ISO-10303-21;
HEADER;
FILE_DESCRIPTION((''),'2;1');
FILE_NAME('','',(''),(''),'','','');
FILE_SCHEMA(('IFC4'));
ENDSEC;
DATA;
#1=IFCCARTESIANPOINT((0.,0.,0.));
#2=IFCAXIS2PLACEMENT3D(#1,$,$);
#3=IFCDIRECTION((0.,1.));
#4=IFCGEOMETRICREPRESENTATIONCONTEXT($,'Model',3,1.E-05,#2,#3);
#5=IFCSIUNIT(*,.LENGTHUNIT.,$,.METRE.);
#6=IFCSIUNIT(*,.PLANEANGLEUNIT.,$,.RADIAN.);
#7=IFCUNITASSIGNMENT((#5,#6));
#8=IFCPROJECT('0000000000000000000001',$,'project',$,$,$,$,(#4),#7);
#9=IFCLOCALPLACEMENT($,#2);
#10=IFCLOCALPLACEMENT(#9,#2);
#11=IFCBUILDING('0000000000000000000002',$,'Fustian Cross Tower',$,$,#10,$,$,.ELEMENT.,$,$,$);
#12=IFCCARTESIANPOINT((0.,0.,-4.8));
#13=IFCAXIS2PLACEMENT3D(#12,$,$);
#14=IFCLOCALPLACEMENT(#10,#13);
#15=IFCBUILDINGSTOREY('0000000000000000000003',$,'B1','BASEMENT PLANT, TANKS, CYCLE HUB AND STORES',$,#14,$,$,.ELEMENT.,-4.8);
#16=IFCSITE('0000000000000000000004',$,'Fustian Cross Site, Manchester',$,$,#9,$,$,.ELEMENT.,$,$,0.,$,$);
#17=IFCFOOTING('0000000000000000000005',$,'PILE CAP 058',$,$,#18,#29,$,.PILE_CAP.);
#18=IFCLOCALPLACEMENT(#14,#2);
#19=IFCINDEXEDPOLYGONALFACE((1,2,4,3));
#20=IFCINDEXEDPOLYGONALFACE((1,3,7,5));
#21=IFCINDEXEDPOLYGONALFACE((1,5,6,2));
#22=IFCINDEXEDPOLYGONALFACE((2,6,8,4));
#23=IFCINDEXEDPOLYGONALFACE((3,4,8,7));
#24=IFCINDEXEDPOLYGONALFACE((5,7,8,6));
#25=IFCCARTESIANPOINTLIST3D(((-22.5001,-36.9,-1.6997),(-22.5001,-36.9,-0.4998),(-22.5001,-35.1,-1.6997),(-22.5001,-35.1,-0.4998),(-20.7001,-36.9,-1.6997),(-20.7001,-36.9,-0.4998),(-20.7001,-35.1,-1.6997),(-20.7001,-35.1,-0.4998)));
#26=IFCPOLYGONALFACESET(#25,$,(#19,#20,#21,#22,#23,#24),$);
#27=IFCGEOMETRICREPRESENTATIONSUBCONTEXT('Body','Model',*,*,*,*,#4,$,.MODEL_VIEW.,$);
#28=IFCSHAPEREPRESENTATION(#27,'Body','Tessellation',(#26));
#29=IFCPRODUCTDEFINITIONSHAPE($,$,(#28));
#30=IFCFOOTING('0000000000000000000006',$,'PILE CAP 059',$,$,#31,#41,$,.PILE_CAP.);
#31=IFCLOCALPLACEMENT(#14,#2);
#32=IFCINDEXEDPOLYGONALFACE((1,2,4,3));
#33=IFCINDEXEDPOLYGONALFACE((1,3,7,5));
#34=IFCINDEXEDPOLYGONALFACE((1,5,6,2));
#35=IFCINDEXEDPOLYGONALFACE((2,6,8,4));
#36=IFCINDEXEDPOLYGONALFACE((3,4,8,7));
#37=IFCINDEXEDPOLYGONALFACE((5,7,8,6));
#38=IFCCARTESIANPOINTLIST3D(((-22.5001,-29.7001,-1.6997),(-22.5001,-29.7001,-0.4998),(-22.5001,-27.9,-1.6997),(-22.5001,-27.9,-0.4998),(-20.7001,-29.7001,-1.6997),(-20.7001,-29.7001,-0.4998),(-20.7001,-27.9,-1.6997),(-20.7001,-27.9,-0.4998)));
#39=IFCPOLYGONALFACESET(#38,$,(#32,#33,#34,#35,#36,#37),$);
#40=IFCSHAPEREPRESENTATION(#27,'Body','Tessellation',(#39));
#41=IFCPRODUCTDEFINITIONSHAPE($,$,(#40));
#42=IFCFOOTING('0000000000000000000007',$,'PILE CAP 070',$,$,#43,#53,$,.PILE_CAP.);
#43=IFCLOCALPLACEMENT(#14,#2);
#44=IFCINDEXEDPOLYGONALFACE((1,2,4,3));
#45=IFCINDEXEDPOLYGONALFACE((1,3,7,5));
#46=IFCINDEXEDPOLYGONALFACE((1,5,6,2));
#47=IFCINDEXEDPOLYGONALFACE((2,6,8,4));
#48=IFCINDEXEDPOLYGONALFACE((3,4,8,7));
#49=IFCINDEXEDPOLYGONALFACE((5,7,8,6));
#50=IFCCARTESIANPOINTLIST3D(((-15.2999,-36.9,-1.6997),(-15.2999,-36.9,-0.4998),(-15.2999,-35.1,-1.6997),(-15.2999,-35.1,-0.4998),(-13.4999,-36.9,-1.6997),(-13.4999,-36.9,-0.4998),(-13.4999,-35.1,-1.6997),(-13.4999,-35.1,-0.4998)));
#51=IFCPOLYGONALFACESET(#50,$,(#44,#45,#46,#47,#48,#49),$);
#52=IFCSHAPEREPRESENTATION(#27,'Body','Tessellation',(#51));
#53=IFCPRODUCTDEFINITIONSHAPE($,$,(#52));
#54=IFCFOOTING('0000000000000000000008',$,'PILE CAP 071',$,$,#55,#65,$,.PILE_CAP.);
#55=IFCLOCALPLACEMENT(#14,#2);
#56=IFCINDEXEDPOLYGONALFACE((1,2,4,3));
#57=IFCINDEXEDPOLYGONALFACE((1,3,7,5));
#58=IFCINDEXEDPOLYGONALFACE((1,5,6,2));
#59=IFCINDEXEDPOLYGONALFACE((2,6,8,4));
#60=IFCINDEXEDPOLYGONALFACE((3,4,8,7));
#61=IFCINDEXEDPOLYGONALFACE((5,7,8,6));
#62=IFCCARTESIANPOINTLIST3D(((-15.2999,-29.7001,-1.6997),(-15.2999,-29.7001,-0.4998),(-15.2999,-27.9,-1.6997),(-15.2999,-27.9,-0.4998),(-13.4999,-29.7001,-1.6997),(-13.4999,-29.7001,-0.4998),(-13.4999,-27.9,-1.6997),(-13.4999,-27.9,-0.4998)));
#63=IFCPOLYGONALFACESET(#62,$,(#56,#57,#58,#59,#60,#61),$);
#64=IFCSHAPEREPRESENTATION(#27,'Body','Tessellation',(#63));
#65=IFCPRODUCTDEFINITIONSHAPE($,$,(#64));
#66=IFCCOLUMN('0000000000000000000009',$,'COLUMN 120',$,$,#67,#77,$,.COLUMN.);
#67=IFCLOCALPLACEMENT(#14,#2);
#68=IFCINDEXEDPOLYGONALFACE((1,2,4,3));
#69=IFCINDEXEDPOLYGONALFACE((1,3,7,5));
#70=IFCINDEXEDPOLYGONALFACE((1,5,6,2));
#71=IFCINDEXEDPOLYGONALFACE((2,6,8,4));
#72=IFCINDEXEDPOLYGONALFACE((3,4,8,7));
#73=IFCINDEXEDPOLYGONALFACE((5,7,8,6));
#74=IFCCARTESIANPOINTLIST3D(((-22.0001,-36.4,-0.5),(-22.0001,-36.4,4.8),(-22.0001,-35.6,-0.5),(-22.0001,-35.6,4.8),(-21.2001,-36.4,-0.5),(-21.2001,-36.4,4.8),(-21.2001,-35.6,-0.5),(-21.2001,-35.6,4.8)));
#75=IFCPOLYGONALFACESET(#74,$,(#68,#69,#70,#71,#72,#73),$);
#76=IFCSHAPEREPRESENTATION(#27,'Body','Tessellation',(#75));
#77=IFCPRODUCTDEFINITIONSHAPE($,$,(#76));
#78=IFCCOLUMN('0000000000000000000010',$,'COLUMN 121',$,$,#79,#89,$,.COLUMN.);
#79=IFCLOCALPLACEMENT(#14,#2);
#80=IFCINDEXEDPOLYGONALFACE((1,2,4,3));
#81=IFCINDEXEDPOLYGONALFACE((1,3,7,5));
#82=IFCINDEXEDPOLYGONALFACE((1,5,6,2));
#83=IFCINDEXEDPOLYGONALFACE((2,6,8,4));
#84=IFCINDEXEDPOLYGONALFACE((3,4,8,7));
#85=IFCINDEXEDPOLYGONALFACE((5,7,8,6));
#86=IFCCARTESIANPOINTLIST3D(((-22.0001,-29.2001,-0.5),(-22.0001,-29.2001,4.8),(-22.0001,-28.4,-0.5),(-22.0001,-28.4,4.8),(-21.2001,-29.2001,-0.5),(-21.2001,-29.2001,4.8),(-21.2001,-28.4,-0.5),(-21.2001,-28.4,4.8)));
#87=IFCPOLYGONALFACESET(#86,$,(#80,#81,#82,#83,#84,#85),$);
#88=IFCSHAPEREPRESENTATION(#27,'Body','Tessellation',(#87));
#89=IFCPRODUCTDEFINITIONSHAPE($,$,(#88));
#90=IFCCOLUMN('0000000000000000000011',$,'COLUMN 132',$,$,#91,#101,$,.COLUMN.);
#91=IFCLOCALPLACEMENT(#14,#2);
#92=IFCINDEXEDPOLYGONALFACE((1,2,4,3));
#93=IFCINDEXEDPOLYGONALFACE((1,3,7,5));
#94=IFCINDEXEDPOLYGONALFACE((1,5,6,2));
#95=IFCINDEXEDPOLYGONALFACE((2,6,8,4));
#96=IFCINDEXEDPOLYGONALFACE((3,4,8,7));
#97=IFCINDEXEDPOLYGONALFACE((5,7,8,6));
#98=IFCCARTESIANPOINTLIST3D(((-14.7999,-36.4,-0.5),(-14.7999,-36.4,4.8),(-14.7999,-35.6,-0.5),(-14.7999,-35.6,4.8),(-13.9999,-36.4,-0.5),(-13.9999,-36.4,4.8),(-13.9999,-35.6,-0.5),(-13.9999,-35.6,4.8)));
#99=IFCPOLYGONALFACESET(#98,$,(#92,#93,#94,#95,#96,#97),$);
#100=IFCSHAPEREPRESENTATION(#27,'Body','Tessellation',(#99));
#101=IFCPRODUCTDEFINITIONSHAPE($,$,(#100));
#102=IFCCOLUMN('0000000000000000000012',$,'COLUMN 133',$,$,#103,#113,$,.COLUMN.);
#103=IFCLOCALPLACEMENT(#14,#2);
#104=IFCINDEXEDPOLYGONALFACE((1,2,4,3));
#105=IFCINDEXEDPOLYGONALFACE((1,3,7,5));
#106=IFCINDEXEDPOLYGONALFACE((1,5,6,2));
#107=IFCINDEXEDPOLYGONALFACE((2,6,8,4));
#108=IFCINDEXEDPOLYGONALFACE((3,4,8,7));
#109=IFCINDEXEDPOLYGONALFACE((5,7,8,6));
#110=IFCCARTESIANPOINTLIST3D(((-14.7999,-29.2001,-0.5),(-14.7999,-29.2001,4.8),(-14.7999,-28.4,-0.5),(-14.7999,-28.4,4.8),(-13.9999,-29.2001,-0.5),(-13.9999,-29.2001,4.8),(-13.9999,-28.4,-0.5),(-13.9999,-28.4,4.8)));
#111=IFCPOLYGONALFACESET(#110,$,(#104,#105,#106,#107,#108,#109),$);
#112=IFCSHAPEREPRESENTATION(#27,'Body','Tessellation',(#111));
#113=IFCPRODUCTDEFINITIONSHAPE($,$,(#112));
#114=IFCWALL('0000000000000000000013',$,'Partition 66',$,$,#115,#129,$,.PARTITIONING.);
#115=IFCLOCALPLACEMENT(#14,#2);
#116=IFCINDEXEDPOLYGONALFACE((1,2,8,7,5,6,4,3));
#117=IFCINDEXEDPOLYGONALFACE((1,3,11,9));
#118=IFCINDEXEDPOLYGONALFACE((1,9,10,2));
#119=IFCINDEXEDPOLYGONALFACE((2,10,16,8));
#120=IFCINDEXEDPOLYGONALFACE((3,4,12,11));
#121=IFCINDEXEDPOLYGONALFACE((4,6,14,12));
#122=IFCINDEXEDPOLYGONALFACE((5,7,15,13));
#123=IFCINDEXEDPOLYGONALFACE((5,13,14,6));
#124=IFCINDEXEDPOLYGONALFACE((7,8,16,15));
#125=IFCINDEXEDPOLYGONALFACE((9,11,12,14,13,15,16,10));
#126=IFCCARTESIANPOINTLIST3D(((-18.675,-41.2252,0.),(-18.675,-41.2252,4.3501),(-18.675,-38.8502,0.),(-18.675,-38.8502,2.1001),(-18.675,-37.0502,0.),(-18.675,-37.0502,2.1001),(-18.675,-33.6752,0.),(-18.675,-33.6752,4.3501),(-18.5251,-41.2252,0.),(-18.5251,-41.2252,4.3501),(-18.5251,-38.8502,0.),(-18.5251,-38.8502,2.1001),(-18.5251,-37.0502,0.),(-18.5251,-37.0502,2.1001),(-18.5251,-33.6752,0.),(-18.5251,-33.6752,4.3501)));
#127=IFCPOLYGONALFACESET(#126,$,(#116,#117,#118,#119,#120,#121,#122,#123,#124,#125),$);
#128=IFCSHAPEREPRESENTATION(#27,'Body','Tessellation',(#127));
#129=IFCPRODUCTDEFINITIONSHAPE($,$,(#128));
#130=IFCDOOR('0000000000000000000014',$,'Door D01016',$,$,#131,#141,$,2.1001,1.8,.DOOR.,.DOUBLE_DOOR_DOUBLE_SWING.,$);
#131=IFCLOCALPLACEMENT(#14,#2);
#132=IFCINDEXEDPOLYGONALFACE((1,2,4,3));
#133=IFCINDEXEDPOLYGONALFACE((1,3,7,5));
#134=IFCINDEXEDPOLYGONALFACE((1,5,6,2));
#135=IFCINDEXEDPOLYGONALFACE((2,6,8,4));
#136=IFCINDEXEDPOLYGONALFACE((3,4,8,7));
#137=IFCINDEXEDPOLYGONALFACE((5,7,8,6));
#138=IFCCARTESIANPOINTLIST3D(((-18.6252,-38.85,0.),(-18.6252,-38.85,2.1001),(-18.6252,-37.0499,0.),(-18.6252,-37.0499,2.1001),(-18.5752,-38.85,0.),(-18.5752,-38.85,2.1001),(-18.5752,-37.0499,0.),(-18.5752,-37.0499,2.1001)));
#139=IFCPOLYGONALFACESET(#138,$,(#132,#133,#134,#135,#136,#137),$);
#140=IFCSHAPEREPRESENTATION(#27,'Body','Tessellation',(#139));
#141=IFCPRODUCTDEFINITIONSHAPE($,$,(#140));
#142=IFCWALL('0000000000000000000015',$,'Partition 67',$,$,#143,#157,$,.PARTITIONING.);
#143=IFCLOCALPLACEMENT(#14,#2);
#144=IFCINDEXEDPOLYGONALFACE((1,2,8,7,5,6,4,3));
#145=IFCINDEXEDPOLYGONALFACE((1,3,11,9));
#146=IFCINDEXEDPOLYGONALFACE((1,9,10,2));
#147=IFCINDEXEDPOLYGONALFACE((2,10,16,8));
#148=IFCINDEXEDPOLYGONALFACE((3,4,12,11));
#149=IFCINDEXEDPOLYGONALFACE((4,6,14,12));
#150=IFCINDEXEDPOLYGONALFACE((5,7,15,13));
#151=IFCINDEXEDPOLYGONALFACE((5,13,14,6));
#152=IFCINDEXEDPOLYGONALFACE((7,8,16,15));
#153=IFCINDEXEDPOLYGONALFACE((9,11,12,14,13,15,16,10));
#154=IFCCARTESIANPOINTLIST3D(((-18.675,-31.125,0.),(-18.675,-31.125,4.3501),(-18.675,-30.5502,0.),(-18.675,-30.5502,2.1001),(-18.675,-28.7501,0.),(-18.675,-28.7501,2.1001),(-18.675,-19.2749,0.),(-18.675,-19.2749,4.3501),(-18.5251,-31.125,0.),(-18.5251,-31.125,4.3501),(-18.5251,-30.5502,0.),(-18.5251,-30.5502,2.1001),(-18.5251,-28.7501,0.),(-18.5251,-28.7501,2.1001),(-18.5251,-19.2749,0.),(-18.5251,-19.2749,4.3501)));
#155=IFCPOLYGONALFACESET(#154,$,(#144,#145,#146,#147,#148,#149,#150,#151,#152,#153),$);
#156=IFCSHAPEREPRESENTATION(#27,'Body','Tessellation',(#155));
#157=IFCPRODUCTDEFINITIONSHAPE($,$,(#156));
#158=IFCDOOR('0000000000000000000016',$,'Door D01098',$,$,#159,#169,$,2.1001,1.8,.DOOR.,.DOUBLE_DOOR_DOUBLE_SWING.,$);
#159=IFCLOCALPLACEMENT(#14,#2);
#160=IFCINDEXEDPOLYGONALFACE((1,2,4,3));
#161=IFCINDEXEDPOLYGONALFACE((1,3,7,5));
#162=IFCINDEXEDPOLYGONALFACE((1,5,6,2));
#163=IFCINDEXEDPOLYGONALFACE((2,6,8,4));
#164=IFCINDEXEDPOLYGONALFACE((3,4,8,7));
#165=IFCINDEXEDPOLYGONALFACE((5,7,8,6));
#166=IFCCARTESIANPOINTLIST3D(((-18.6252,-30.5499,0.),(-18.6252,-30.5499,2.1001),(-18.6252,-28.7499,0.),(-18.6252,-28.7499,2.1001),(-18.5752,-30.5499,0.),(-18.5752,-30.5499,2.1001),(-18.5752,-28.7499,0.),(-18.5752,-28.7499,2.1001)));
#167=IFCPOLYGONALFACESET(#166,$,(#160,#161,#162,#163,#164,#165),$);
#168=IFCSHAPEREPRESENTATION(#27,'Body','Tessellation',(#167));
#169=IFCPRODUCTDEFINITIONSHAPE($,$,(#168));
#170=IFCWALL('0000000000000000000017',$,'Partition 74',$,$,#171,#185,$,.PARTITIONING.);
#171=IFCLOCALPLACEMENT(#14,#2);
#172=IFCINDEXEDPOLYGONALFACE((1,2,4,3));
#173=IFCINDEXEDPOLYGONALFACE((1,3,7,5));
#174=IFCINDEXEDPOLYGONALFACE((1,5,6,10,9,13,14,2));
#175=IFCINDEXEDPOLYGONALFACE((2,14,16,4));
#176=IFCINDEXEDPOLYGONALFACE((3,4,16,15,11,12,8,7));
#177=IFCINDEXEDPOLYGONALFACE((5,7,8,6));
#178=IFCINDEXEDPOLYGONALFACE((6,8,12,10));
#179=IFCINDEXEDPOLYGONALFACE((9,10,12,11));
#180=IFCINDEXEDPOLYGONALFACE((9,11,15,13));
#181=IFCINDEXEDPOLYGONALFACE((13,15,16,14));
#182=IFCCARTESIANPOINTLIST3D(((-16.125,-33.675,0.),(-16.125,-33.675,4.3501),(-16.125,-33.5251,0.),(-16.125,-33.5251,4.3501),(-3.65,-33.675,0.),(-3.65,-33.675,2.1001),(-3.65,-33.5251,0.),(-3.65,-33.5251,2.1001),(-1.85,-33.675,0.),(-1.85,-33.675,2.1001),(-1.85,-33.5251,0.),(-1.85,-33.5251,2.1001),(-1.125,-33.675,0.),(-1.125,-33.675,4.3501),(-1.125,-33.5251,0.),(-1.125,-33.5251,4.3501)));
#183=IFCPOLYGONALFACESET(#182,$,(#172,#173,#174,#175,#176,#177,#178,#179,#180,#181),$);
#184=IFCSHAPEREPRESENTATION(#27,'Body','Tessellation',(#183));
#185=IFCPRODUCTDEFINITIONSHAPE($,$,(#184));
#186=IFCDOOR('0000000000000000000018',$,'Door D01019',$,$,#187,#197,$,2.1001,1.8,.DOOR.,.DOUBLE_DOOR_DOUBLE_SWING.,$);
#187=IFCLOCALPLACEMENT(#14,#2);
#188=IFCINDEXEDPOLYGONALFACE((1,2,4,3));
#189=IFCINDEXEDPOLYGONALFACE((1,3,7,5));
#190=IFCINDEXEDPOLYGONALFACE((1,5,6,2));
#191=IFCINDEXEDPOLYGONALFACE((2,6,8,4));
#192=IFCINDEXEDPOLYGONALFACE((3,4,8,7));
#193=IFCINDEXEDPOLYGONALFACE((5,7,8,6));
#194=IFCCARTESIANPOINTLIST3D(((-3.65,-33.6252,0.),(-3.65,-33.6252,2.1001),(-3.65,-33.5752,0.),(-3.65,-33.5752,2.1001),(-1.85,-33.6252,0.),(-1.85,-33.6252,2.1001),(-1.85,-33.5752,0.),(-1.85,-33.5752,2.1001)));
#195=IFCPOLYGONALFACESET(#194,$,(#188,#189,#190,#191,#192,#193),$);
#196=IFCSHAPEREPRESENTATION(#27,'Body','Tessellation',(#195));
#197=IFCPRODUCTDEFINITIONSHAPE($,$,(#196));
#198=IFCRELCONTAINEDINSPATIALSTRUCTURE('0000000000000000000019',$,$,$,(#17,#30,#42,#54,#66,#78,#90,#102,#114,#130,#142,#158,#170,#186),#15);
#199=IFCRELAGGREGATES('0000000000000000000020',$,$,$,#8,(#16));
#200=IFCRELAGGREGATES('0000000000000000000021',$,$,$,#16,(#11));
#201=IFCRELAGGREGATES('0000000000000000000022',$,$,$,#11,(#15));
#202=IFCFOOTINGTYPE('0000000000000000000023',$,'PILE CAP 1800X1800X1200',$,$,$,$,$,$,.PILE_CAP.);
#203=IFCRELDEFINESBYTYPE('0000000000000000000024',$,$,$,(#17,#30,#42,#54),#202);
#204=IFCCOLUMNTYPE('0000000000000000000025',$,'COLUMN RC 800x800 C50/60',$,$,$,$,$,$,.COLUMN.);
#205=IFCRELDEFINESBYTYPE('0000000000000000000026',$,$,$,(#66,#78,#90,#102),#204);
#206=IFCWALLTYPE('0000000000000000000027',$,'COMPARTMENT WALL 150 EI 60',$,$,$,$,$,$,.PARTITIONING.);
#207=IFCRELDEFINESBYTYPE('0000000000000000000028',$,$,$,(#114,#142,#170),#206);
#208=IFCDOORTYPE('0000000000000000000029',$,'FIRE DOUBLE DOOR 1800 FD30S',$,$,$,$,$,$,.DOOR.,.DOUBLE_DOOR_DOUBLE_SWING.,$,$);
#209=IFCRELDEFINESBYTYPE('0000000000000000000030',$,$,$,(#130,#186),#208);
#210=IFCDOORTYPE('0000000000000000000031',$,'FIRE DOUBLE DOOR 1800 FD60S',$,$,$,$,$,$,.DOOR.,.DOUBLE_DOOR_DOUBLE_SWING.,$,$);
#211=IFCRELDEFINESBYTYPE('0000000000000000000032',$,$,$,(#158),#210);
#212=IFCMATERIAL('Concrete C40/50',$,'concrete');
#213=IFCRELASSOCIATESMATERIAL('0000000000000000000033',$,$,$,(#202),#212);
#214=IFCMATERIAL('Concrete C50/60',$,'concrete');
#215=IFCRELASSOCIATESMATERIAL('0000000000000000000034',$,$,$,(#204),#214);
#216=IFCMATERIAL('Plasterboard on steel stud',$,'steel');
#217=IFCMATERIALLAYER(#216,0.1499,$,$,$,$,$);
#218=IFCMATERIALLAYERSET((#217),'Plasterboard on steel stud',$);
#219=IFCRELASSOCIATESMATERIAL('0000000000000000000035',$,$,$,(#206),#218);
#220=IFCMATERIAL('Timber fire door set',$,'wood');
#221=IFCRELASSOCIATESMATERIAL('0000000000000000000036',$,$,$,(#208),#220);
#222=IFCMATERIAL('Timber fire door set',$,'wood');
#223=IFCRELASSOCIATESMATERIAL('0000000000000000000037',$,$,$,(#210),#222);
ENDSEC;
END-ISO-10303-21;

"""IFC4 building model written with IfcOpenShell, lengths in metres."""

from ifc_helpers import new_model, si_unit, direction, frame, frame_2d, origin, origin_2d, place, context, subcontext, project, spatial, rectangle, extrude, material, layer, layer_set, material_profile, profile_set, type_object, element, fill, save


model = new_model("IFC4")

# Units and contexts
model_context = context("Model", 3, precision=1e-05, world=origin(), true_north=direction((0.0, 1.0)))
body_context = subcontext(model_context, "Body", "Model", "MODEL_VIEW")
ifc_project = project(units=[si_unit("LENGTHUNIT", "METRE"), si_unit("PLANEANGLEUNIT", "RADIAN")], contexts=[model_context])

# Site, building, storey
site_placement = place(None, origin())
site = spatial("IfcSite", under=ifc_project, at=site_placement, Name="Fustian Cross Site, Manchester", CompositionType="ELEMENT", RefElevation=0.0)
building_placement = place(site_placement, origin())
building = spatial("IfcBuilding", under=site, at=building_placement, Name="Fustian Cross Tower", CompositionType="ELEMENT")
storey_placement = place(building_placement, frame((0.0, 0.0, -4.8)))
storey = spatial("IfcBuildingStorey", under=building, at=storey_placement, Name="B1", Description="BASEMENT PLANT, TANKS, CYCLE HUB AND STORES", CompositionType="ELEMENT", Elevation=-4.8)

# Footings
ifc_material_1 = material(Name="Concrete C40/50", Category="concrete")
footing_type = type_object("IfcFootingType", Name="PILE CAP 1800X1800X1200", PredefinedType="PILE_CAP", material=ifc_material_1)
for number, where, z_axis, x_axis, name in (
    (1, (-21.6001, -36.0, -1.6997), (0.0, 0.0, 1.0), (1.0, 0.0, 0.0), "PILE CAP 058"),
    (2, (-21.6001, -28.8, -1.6997), (0.0, 0.0, 1.0), (1.0, 0.0, 0.0), "PILE CAP 059"),
    (3, (-14.3999, -36.0, -1.6997), (0.0, 0.0, 1.0), (1.0, 0.0, 0.0), "PILE CAP 070"),
    (4, (-14.3999, -28.8, -1.6997), (0.0, 0.0, 1.0), (1.0, 0.0, 0.0), "PILE CAP 071"),
):
    element("IfcFooting", number, at=place(storey_placement, frame(where, z_axis=z_axis, x_axis=x_axis)), inside=storey, type_object=footing_type, Name=name, PredefinedType="PILE_CAP", context=body_context, shape_type="SweptSolid", body=[
        extrude(rectangle(XDim=1.8, YDim=1.8, at=origin_2d()), origin(), (0.0, 0.0, 1.0), 1.2),
    ])

# Columns
ifc_material_2 = material(Name="Concrete C50/60", Category="concrete")
ifc_material_profile_1 = material_profile(ifc_material_2, rectangle(XDim=0.8, YDim=0.8, at=origin_2d()), Name="RC 800x800")
ifc_profile_set_1 = profile_set([ifc_material_profile_1], Name="Concrete C50/60")
column_type = type_object("IfcColumnType", Name="COLUMN RC 800x800 C50/60", PredefinedType="COLUMN", material=ifc_profile_set_1)
for number, where, z_axis, x_axis, name in (
    (5, (-21.6001, -36.0, -0.5), (0.0, 0.0, 1.0), (1.0, 0.0, 0.0), "COLUMN 120"),
    (6, (-21.6001, -28.8, -0.5), (0.0, 0.0, 1.0), (1.0, 0.0, 0.0), "COLUMN 121"),
    (7, (-14.3999, -36.0, -0.5), (0.0, 0.0, 1.0), (1.0, 0.0, 0.0), "COLUMN 132"),
    (8, (-14.3999, -28.8, -0.5), (0.0, 0.0, 1.0), (1.0, 0.0, 0.0), "COLUMN 133"),
):
    element("IfcColumn", number, at=place(storey_placement, frame(where, z_axis=z_axis, x_axis=x_axis)), inside=storey, type_object=column_type, Name=name, PredefinedType="COLUMN", context=body_context, shape_type="SweptSolid", body=[
        extrude(rectangle(XDim=0.8, YDim=0.8, at=origin_2d()), origin(), (0.0, 0.0, 1.0), 5.3),
    ])

# Walls, openings, doors
ifc_material_3 = material(Name="Plasterboard on steel stud", Category="steel")
ifc_layer = layer(ifc_material_3, 0.1499)
ifc_layer_set = layer_set([ifc_layer], Name="Plasterboard on steel stud")
wall_type = type_object("IfcWallType", Name="COMPARTMENT WALL 150 EI 60", PredefinedType="PARTITIONING", material=ifc_layer_set)
wall_1_placement = place(storey_placement, frame((-18.6001, -41.2251, 0.0), z_axis=(0.0, 0.0, 1.0), x_axis=(0.0, 1.0, 0.0)))
wall_1 = element("IfcWall", 9, at=wall_1_placement, inside=storey, type_object=wall_type, Name="Partition 66", PredefinedType="PARTITIONING", context=body_context, shape_type="SweptSolid", body=[
    extrude(rectangle(XDim=7.55, YDim=0.1499, at=frame_2d((3.7749, 0.0))), origin(), (0.0, 0.0, 1.0), 4.3501),
])
opening_1_placement = place(wall_1_placement, frame((2.375, 0.0, 0.0)))
opening_1 = element("IfcOpeningElement", 10, at=opening_1_placement, cuts=wall_1, PredefinedType="OPENING", context=body_context, shape_type="SweptSolid", body=[
    extrude(rectangle(XDim=1.8, YDim=2.1001, at=frame_2d((0.8999, 1.05))), frame((0.0, 0.085, 0.0), z_axis=(0.0, -1.0, 0.0), x_axis=(1.0, 0.0, 0.0)), (0.0, 0.0, 1.0), 0.1699),
])
ifc_material_4 = material(Name="Timber fire door set", Category="wood")
door_type_1 = type_object("IfcDoorType", Name="FIRE DOUBLE DOOR 1800 FD30S", OperationType="DOUBLE_DOOR_DOUBLE_SWING", PredefinedType="DOOR", material=ifc_material_4)
door_1_placement = place(opening_1_placement, frame((1.8, 0.0, 0.0), z_axis=(0.0, 0.0, 1.0), x_axis=(-1.0, 0.0, 0.0)))
door_1 = element("IfcDoor", 11, at=door_1_placement, inside=storey, type_object=door_type_1, Name="Door D01016", OperationType="DOUBLE_DOOR_DOUBLE_SWING", OverallHeight=2.1001, OverallWidth=1.8, PredefinedType="DOOR", context=body_context, shape_type="SweptSolid", body=[
    extrude(rectangle(XDim=1.8, YDim=2.1001, at=frame_2d((0.8999, 1.05))), frame((0.0, 0.0249, 0.0), z_axis=(0.0, -1.0, 0.0), x_axis=(1.0, 0.0, 0.0)), (0.0, 0.0, 1.0), 0.05),
])
fill(opening_1, door_1)
wall_2_placement = place(storey_placement, frame((-18.6001, -31.125, 0.0), z_axis=(0.0, 0.0, 1.0), x_axis=(0.0, 1.0, 0.0)))
wall_2 = element("IfcWall", 12, at=wall_2_placement, inside=storey, type_object=wall_type, Name="Partition 67", PredefinedType="PARTITIONING", context=body_context, shape_type="SweptSolid", body=[
    extrude(rectangle(XDim=11.8501, YDim=0.1499, at=frame_2d((5.925, 0.0))), origin(), (0.0, 0.0, 1.0), 4.3501),
])
opening_2_placement = place(wall_2_placement, frame((0.575, 0.0, 0.0)))
opening_2 = element("IfcOpeningElement", 13, at=opening_2_placement, cuts=wall_2, PredefinedType="OPENING", context=body_context, shape_type="SweptSolid", body=[
    extrude(rectangle(XDim=1.8, YDim=2.1001, at=frame_2d((0.8999, 1.05))), frame((0.0, 0.085, 0.0), z_axis=(0.0, -1.0, 0.0), x_axis=(1.0, 0.0, 0.0)), (0.0, 0.0, 1.0), 0.1699),
])
ifc_material_5 = material(Name="Timber fire door set", Category="wood")
door_type_2 = type_object("IfcDoorType", Name="FIRE DOUBLE DOOR 1800 FD60S", OperationType="DOUBLE_DOOR_DOUBLE_SWING", PredefinedType="DOOR", material=ifc_material_5)
door_2_placement = place(opening_2_placement, frame((1.8, 0.0, 0.0), z_axis=(0.0, 0.0, 1.0), x_axis=(-1.0, 0.0, 0.0)))
door_2 = element("IfcDoor", 14, at=door_2_placement, inside=storey, type_object=door_type_2, Name="Door D01098", OperationType="DOUBLE_DOOR_DOUBLE_SWING", OverallHeight=2.1001, OverallWidth=1.8, PredefinedType="DOOR", context=body_context, shape_type="SweptSolid", body=[
    extrude(rectangle(XDim=1.8, YDim=2.1001, at=frame_2d((0.8999, 1.05))), frame((0.0, 0.0249, 0.0), z_axis=(0.0, -1.0, 0.0), x_axis=(1.0, 0.0, 0.0)), (0.0, 0.0, 1.0), 0.05),
])
fill(opening_2, door_2)
wall_3_placement = place(storey_placement, frame((-16.125, -33.6001, 0.0), z_axis=(0.0, 0.0, 1.0), x_axis=(1.0, 0.0, 0.0)))
wall_3 = element("IfcWall", 15, at=wall_3_placement, inside=storey, type_object=wall_type, Name="Partition 74", PredefinedType="PARTITIONING", context=body_context, shape_type="SweptSolid", body=[
    extrude(rectangle(XDim=15.0, YDim=0.1499, at=frame_2d((7.5, 0.0))), origin(), (0.0, 0.0, 1.0), 4.3501),
])
opening_3_placement = place(wall_3_placement, frame((12.4751, 0.0, 0.0)))
opening_3 = element("IfcOpeningElement", 16, at=opening_3_placement, cuts=wall_3, PredefinedType="OPENING", context=body_context, shape_type="SweptSolid", body=[
    extrude(rectangle(XDim=1.8, YDim=2.1001, at=frame_2d((0.8999, 1.05))), frame((0.0, 0.085, 0.0), z_axis=(0.0, -1.0, 0.0), x_axis=(1.0, 0.0, 0.0)), (0.0, 0.0, 1.0), 0.1699),
])
door_3_placement = place(opening_3_placement, origin())
door_3 = element("IfcDoor", 17, at=door_3_placement, inside=storey, type_object=door_type_1, Name="Door D01019", OperationType="DOUBLE_DOOR_DOUBLE_SWING", OverallHeight=2.1001, OverallWidth=1.8, PredefinedType="DOOR", context=body_context, shape_type="SweptSolid", body=[
    extrude(rectangle(XDim=1.8, YDim=2.1001, at=frame_2d((0.8999, 1.05))), frame((0.0, 0.0249, 0.0), z_axis=(0.0, -1.0, 0.0), x_axis=(1.0, 0.0, 0.0)), (0.0, 0.0, 1.0), 0.05),
])
fill(opening_3, door_3)

save(model, "model.ifc")
